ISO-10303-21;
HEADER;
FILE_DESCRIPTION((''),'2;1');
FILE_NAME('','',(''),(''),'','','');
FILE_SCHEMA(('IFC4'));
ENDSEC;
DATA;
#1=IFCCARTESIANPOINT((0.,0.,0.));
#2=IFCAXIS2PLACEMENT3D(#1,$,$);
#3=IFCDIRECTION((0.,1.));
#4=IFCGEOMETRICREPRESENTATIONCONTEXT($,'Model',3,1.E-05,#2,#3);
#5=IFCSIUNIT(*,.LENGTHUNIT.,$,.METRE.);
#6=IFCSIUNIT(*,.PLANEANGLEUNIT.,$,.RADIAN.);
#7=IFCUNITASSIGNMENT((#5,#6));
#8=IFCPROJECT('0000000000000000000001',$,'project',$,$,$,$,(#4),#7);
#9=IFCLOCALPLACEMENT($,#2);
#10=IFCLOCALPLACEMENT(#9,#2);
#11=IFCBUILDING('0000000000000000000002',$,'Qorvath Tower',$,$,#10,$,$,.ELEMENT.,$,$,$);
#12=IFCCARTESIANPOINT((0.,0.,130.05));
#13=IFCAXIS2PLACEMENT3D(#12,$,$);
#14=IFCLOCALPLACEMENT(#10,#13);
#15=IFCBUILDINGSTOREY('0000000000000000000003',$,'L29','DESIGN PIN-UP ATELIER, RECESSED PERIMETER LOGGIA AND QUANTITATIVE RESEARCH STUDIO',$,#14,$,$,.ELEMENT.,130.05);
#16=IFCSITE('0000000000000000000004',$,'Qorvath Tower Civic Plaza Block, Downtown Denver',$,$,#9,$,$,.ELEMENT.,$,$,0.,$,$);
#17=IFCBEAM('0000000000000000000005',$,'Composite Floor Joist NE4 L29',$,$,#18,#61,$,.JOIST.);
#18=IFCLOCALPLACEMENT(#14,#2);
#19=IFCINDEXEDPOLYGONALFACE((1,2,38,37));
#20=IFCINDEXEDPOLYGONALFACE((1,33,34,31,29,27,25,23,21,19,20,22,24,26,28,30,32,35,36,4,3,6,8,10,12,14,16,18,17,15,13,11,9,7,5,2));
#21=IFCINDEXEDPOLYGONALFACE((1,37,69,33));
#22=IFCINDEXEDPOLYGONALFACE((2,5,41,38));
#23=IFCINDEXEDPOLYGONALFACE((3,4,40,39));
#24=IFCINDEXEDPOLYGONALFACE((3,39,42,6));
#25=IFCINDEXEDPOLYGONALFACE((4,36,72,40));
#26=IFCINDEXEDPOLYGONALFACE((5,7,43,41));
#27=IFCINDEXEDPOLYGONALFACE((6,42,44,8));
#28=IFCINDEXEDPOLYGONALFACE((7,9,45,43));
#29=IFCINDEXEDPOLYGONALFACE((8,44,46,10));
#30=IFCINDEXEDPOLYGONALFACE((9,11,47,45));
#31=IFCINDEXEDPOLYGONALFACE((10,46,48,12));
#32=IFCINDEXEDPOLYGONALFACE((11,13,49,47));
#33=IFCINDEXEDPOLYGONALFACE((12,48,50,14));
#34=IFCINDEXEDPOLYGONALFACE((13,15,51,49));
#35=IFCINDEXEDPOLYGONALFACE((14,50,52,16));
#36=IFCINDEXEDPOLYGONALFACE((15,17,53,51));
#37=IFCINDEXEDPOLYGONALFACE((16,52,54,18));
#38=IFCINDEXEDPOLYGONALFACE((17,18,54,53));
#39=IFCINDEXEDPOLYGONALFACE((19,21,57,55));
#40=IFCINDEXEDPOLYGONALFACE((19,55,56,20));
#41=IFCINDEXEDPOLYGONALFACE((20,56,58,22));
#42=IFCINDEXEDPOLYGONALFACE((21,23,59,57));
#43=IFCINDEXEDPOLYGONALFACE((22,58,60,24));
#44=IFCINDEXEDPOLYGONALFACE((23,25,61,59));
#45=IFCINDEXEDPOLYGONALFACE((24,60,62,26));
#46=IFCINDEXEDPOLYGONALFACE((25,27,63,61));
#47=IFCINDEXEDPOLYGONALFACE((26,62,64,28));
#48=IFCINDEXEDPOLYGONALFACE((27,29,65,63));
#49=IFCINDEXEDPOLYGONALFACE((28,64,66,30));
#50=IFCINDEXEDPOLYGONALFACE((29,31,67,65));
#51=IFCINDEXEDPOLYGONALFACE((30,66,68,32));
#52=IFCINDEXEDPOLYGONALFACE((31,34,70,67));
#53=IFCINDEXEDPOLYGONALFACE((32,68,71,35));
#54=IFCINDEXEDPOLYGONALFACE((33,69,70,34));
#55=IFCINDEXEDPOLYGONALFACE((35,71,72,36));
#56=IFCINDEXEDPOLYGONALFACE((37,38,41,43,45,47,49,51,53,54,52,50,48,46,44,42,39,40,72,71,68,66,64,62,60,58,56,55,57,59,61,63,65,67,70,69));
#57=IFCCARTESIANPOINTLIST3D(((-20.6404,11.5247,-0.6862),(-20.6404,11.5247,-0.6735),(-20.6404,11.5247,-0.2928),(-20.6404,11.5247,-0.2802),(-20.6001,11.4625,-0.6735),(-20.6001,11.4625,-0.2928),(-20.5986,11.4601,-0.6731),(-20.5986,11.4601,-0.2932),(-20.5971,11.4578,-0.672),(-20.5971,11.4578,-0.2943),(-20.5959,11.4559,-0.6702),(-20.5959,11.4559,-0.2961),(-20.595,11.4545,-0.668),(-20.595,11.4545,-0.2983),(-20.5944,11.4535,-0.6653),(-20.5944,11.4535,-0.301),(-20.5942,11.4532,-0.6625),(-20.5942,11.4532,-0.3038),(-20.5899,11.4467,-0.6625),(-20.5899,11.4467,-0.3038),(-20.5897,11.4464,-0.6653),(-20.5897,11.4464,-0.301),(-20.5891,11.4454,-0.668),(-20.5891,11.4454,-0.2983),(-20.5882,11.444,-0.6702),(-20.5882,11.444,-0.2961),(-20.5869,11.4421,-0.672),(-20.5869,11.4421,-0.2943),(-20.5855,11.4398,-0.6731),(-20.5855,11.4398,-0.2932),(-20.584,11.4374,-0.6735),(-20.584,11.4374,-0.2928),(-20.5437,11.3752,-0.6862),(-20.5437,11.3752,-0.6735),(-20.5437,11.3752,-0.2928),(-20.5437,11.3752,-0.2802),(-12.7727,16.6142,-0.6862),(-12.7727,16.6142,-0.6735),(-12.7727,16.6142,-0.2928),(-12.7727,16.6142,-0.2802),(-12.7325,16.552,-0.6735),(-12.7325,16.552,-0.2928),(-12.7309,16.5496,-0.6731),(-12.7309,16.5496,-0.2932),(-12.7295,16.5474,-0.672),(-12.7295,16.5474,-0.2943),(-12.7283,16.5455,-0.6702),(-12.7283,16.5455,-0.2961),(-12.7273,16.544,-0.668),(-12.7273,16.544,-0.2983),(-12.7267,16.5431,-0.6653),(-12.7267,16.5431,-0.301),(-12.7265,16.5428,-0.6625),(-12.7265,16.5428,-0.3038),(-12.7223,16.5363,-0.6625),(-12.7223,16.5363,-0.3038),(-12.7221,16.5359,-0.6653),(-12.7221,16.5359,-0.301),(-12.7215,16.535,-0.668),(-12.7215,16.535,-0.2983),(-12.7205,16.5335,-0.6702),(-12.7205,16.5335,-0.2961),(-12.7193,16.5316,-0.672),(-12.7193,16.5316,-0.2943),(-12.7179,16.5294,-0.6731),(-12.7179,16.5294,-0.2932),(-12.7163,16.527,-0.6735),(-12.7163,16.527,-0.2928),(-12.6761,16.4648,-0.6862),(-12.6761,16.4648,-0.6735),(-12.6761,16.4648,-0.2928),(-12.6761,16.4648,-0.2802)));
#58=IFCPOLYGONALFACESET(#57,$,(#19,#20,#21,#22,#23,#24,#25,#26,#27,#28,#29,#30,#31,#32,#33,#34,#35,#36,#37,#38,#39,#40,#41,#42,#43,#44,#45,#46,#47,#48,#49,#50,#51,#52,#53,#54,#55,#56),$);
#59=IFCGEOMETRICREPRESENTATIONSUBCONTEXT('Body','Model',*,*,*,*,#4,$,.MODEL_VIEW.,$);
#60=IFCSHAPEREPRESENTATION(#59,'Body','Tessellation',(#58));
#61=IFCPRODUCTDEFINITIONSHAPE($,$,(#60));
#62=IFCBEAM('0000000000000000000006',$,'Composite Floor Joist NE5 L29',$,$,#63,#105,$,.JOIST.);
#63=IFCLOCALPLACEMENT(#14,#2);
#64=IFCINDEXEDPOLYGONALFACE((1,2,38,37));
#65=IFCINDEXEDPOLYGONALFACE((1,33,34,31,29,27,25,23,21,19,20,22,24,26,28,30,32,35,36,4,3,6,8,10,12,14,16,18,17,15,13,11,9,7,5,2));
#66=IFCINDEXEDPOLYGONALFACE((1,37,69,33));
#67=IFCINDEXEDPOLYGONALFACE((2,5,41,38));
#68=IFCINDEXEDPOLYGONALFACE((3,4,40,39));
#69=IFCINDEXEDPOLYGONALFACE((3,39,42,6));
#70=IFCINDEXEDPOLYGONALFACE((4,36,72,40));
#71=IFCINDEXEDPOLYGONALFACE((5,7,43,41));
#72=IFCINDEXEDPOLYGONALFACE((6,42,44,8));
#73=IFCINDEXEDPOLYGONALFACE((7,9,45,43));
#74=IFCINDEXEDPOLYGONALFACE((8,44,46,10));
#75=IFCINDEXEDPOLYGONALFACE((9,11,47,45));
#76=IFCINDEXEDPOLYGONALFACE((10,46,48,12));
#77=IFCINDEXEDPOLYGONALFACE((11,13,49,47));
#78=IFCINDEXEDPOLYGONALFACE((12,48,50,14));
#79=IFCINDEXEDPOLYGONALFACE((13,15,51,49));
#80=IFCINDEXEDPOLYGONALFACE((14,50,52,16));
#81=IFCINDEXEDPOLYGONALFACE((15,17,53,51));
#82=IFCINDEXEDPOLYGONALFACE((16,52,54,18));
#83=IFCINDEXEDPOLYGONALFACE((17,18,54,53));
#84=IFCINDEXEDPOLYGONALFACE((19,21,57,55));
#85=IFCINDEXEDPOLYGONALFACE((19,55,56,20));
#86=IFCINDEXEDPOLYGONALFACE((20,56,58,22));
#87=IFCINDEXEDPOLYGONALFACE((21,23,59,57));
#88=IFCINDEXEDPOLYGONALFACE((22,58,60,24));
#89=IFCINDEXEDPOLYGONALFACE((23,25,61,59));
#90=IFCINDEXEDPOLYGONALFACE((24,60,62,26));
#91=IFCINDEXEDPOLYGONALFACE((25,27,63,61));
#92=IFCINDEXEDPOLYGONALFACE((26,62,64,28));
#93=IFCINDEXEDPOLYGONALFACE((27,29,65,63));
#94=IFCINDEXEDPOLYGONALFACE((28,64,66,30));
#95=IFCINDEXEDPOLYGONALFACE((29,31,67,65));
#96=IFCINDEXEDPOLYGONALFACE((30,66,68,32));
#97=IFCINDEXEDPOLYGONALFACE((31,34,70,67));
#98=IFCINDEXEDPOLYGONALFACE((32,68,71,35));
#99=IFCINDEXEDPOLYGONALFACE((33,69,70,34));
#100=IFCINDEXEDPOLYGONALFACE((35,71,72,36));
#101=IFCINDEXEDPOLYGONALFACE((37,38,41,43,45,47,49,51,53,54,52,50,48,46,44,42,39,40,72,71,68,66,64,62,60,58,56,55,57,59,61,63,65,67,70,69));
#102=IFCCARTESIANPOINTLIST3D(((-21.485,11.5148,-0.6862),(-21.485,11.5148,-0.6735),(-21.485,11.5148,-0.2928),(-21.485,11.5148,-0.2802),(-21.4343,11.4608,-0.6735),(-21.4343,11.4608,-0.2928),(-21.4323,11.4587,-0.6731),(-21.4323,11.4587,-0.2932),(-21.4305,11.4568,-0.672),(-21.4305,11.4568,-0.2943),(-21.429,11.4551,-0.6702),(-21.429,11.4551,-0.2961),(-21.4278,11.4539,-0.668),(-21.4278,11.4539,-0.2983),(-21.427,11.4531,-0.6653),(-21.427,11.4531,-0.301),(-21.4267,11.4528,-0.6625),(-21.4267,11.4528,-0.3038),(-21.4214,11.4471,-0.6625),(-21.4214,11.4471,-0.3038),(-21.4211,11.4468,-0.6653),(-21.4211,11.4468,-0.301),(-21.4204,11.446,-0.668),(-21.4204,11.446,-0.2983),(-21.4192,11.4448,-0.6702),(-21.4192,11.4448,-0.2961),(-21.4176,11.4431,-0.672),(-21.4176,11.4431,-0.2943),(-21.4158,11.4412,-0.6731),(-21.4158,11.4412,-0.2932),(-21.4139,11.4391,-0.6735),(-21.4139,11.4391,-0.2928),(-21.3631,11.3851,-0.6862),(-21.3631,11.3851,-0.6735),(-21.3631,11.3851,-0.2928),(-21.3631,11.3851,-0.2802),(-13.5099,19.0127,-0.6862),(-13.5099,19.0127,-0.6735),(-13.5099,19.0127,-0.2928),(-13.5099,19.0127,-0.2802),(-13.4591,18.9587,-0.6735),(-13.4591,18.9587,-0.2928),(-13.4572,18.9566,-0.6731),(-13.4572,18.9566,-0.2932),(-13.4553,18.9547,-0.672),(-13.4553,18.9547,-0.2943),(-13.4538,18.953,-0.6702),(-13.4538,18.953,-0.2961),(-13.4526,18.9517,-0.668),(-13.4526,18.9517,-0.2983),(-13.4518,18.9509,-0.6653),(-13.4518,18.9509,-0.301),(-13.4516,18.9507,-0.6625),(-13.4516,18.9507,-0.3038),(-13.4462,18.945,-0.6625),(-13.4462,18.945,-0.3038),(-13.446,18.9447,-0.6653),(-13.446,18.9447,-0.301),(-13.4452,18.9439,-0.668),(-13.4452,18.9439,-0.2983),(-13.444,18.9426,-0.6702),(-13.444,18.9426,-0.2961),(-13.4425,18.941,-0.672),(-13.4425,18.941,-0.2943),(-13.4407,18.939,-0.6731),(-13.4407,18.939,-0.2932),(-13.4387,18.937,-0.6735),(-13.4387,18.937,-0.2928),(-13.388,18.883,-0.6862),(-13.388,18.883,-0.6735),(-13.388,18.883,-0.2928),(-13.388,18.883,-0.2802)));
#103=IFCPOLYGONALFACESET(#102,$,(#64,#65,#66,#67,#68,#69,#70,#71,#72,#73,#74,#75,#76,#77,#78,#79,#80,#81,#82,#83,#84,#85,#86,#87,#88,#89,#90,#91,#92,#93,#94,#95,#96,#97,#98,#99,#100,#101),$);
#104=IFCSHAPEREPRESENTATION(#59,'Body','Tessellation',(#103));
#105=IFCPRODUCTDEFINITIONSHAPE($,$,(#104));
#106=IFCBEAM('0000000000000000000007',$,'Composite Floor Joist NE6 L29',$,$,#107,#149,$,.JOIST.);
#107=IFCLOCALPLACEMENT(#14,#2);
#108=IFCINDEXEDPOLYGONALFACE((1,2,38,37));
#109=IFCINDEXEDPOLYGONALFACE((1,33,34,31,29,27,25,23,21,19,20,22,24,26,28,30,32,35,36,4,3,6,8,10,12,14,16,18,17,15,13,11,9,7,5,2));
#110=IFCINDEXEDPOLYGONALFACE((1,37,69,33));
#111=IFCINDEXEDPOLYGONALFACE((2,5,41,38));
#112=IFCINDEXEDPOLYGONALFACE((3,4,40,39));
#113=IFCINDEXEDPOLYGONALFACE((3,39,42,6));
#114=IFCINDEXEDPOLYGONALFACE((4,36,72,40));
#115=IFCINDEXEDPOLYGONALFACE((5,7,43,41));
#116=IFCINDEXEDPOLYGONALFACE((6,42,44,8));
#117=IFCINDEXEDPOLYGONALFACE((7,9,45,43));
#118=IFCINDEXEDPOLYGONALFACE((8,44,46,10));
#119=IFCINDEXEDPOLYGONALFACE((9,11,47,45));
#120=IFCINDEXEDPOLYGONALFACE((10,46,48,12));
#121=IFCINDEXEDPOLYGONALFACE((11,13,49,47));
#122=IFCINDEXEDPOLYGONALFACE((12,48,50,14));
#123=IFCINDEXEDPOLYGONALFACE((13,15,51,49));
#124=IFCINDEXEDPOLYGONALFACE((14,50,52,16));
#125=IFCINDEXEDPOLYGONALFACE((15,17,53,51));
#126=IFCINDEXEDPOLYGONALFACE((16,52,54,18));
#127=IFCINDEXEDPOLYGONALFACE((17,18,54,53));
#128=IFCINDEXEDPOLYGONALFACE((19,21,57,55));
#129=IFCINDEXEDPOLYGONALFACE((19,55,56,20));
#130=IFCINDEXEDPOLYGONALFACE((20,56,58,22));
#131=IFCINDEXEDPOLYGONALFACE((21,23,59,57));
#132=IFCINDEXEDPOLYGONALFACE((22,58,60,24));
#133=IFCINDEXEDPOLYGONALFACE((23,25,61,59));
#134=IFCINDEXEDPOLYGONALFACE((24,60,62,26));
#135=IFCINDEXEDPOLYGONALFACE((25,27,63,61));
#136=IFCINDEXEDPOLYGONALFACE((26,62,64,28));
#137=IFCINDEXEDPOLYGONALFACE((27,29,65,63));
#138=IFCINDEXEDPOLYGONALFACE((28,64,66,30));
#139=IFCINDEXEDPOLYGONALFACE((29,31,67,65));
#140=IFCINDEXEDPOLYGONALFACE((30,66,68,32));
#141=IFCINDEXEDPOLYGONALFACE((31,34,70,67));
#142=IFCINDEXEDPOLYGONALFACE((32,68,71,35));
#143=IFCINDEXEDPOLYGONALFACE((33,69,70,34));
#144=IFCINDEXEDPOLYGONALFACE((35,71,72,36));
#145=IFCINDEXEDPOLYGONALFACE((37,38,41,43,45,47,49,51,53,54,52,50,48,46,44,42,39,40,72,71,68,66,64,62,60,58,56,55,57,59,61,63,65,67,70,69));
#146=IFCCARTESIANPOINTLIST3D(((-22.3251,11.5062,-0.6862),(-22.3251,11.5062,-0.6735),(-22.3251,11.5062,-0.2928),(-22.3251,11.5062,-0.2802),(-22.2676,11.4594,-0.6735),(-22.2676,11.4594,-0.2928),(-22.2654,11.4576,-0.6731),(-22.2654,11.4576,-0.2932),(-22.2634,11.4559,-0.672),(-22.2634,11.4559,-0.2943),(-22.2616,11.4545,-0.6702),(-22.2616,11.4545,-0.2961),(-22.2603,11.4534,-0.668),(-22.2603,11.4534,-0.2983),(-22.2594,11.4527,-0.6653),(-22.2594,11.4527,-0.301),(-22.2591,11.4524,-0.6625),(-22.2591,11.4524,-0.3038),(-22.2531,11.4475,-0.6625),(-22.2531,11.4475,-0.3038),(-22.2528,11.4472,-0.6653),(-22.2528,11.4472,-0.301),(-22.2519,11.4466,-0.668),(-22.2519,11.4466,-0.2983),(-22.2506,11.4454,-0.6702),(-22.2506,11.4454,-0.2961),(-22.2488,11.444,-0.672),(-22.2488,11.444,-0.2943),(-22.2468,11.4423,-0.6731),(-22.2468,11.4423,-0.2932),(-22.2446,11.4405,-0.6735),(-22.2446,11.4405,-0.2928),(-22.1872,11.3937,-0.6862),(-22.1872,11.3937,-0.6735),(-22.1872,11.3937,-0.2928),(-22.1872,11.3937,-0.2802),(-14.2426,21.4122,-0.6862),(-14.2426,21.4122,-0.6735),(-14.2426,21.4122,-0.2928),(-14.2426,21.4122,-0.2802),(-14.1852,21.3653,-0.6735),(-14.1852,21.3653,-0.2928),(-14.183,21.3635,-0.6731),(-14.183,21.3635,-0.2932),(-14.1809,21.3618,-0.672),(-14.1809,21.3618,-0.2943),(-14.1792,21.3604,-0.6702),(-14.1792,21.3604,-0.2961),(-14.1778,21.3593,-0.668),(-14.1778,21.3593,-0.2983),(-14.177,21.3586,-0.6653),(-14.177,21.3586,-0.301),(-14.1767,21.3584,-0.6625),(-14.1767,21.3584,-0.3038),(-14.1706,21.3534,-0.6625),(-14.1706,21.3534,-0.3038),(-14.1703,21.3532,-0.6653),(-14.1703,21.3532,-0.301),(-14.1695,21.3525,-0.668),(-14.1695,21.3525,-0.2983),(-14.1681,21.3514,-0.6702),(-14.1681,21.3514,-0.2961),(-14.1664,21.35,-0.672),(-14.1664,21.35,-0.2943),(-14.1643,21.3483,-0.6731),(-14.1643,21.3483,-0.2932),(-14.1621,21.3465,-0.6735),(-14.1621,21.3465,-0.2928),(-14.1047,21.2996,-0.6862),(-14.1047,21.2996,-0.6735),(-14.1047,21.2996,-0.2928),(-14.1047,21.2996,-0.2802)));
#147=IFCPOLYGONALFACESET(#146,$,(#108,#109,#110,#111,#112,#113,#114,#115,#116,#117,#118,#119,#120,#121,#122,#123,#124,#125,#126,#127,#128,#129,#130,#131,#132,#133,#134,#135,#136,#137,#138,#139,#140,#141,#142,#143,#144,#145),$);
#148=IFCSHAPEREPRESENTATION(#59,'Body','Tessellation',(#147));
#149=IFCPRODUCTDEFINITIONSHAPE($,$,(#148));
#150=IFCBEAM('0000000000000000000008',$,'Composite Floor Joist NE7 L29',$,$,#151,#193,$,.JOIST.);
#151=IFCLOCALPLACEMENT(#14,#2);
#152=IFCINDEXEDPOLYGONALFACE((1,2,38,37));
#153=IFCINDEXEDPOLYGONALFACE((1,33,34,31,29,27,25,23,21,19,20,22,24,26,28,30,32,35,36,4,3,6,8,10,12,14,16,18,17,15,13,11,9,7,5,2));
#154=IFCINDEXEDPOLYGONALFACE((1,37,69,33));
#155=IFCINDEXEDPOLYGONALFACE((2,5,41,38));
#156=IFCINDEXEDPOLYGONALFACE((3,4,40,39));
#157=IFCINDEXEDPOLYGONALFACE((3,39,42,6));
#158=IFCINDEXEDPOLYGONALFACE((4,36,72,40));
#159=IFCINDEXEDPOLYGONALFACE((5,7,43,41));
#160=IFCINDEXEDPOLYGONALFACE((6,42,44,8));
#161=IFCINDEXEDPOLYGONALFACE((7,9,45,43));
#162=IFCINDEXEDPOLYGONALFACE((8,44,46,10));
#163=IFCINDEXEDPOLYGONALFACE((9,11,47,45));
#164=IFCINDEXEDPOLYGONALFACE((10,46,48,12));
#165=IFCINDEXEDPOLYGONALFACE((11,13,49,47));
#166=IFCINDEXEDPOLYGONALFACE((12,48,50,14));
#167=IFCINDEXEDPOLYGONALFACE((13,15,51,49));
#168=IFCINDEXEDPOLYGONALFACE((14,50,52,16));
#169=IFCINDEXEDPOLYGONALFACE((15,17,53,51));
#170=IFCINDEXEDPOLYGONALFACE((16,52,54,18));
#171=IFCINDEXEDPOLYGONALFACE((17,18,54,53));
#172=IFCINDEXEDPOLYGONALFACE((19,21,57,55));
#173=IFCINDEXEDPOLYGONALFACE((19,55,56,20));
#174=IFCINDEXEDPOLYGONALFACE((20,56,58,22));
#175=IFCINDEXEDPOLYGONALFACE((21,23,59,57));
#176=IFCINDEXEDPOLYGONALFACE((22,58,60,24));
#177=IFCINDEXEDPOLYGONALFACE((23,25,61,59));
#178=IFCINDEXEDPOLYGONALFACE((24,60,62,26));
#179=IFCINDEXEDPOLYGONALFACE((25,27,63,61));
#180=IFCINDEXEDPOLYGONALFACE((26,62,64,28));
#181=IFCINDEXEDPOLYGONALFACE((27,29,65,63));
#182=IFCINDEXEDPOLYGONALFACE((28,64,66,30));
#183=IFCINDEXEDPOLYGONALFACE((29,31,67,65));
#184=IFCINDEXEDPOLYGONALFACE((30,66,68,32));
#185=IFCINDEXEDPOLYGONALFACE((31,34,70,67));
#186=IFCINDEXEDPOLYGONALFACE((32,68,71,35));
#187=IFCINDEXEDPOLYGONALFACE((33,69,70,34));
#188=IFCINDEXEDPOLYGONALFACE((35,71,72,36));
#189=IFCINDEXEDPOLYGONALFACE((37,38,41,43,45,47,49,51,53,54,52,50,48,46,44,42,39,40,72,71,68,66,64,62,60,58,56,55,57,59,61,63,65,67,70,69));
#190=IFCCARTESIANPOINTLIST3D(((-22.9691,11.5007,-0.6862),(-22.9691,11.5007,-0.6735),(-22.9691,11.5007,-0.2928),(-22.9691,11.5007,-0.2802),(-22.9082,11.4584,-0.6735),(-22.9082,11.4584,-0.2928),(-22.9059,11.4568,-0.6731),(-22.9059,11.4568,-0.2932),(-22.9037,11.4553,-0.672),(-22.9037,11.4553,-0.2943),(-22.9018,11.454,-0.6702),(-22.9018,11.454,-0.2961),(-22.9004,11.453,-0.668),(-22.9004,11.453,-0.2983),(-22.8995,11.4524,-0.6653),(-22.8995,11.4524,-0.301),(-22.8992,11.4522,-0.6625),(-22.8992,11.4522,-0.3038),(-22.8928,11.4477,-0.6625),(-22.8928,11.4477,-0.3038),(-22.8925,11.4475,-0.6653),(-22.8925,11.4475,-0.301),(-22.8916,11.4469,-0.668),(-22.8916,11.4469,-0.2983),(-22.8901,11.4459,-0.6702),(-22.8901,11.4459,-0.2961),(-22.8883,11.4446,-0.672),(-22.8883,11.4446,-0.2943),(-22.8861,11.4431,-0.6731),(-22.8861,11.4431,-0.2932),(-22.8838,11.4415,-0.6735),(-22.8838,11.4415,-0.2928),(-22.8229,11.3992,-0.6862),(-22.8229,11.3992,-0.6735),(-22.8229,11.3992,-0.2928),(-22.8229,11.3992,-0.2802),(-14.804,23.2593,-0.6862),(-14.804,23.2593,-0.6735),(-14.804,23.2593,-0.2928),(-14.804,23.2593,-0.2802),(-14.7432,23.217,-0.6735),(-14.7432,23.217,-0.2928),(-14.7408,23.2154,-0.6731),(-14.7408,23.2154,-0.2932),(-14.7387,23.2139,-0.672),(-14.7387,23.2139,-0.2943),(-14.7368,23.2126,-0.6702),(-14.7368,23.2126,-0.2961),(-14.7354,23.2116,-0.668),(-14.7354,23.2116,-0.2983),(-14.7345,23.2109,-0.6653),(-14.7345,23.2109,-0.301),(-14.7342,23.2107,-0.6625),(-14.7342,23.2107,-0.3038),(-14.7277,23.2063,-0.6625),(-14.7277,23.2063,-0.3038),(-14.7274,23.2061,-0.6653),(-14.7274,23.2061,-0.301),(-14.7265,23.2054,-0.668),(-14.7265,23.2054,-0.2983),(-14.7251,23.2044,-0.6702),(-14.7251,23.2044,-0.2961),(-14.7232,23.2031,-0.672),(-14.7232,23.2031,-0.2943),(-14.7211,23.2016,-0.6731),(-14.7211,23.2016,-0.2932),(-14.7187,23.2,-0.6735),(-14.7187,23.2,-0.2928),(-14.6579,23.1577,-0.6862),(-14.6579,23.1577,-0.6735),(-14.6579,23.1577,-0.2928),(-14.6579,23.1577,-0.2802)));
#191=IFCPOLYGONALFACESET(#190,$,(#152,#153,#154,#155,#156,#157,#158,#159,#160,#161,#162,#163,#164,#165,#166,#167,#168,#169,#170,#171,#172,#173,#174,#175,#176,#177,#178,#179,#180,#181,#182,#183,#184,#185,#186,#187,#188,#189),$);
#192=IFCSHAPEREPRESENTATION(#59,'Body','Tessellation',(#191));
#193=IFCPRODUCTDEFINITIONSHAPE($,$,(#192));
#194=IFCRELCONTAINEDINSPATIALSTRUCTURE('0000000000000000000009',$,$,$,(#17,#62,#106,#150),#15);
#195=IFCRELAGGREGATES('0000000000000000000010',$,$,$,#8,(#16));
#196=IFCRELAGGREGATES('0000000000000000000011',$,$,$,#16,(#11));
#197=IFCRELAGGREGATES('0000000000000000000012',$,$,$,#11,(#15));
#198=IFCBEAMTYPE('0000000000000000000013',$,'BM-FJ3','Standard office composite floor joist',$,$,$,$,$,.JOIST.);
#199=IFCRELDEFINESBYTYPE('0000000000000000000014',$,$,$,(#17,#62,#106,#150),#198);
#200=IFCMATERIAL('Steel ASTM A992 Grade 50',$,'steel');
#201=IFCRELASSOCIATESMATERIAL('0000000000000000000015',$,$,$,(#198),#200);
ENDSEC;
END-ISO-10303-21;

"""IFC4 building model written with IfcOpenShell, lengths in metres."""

from ifc_helpers import new_model, si_unit, direction, frame, origin, origin_2d, place, context, subcontext, project, spatial, i_section, extrude, material, material_profile, profile_set, type_object, element, save


model = new_model("IFC4")

# Units and contexts
model_context = context("Model", 3, precision=1e-05, world=origin(), true_north=direction((0.0, 1.0)))
body_context = subcontext(model_context, "Body", "Model", "MODEL_VIEW")
ifc_project = project(units=[si_unit("LENGTHUNIT", "METRE"), si_unit("PLANEANGLEUNIT", "RADIAN")], contexts=[model_context])

# Site, building, storey
site_placement = place(None, origin())
site = spatial("IfcSite", under=ifc_project, at=site_placement, Name="Qorvath Tower Civic Plaza Block, Downtown Denver", CompositionType="ELEMENT", RefElevation=0.0)
building_placement = place(site_placement, origin())
building = spatial("IfcBuilding", under=site, at=building_placement, Name="Qorvath Tower", CompositionType="ELEMENT")
storey_placement = place(building_placement, frame((0.0, 0.0, 130.05)))
storey = spatial("IfcBuildingStorey", under=building, at=storey_placement, Name="L29", Description="DESIGN PIN-UP ATELIER, RECESSED PERIMETER LOGGIA AND QUANTITATIVE RESEARCH STUDIO", CompositionType="ELEMENT", Elevation=130.05)

# Beams
ifc_material_1 = material(Name="Steel ASTM A992 Grade 50", Category="steel")
ifc_material_profile_1 = material_profile(ifc_material_1, i_section(OverallWidth=0.178, OverallDepth=0.406, WebThickness=0.0078, FlangeThickness=0.0127, FilletRadius=0.011, at=origin_2d()), Name="W16x40")
ifc_profile_set_1 = profile_set([ifc_material_profile_1], Name="Steel ASTM A992 Grade 50")
beam_type_1 = type_object("IfcBeamType", Name="BM-FJ3", Description="Standard office composite floor joist", PredefinedType="JOIST", material=ifc_profile_set_1)
beam_1_placement = place(storey_placement, frame((-20.592, 11.45, -0.4832), z_axis=(0.839631, 0.543157, 0.0), x_axis=(-0.543157, 0.839631, 0.0)))
element("IfcBeam", 1, at=beam_1_placement, inside=storey, type_object=beam_type_1, Name="Composite Floor Joist NE4 L29", PredefinedType="JOIST", context=body_context, shape_type="SweptSolid", body=[
    extrude(i_section(OverallWidth=0.178, OverallDepth=0.406, WebThickness=0.0078, FlangeThickness=0.0127, FilletRadius=0.011, at=origin_2d()), origin(), (0.0, 0.0, 1.0), 9.3704),
])
beam_2_placement = place(storey_placement, frame((-21.4241, 11.45, -0.4832), z_axis=(0.728572, 0.684969, 0.0), x_axis=(-0.684969, 0.728572, 0.0)))
element("IfcBeam", 2, at=beam_2_placement, inside=storey, type_object=beam_type_1, Name="Composite Floor Joist NE5 L29", PredefinedType="JOIST", context=body_context, shape_type="SweptSolid", body=[
    extrude(i_section(OverallWidth=0.178, OverallDepth=0.406, WebThickness=0.0078, FlangeThickness=0.0127, FilletRadius=0.011, at=origin_2d()), origin(), (0.0, 0.0, 1.0), 10.9463),
])
beam_3_placement = place(storey_placement, frame((-22.2561, 11.45, -0.4832), z_axis=(0.632188, 0.774815, 0.0), x_axis=(-0.774815, 0.632188, 0.0)))
element("IfcBeam", 3, at=beam_3_placement, inside=storey, type_object=beam_type_1, Name="Composite Floor Joist NE6 L29", PredefinedType="JOIST", context=body_context, shape_type="SweptSolid", body=[
    extrude(i_section(OverallWidth=0.178, OverallDepth=0.406, WebThickness=0.0078, FlangeThickness=0.0127, FilletRadius=0.011, at=origin_2d()), origin(), (0.0, 0.0, 1.0), 12.7849),
])
beam_4_placement = place(storey_placement, frame((-22.896, 11.45, -0.4832), z_axis=(0.570367, 0.82139, 0.0), x_axis=(-0.82139, 0.570367, 0.0)))
element("IfcBeam", 4, at=beam_4_placement, inside=storey, type_object=beam_type_1, Name="Composite Floor Joist NE7 L29", PredefinedType="JOIST", context=body_context, shape_type="SweptSolid", body=[
    extrude(i_section(OverallWidth=0.178, OverallDepth=0.406, WebThickness=0.0078, FlangeThickness=0.0127, FilletRadius=0.011, at=origin_2d()), origin(), (0.0, 0.0, 1.0), 14.3154),
])

save(model, "model.ifc")
